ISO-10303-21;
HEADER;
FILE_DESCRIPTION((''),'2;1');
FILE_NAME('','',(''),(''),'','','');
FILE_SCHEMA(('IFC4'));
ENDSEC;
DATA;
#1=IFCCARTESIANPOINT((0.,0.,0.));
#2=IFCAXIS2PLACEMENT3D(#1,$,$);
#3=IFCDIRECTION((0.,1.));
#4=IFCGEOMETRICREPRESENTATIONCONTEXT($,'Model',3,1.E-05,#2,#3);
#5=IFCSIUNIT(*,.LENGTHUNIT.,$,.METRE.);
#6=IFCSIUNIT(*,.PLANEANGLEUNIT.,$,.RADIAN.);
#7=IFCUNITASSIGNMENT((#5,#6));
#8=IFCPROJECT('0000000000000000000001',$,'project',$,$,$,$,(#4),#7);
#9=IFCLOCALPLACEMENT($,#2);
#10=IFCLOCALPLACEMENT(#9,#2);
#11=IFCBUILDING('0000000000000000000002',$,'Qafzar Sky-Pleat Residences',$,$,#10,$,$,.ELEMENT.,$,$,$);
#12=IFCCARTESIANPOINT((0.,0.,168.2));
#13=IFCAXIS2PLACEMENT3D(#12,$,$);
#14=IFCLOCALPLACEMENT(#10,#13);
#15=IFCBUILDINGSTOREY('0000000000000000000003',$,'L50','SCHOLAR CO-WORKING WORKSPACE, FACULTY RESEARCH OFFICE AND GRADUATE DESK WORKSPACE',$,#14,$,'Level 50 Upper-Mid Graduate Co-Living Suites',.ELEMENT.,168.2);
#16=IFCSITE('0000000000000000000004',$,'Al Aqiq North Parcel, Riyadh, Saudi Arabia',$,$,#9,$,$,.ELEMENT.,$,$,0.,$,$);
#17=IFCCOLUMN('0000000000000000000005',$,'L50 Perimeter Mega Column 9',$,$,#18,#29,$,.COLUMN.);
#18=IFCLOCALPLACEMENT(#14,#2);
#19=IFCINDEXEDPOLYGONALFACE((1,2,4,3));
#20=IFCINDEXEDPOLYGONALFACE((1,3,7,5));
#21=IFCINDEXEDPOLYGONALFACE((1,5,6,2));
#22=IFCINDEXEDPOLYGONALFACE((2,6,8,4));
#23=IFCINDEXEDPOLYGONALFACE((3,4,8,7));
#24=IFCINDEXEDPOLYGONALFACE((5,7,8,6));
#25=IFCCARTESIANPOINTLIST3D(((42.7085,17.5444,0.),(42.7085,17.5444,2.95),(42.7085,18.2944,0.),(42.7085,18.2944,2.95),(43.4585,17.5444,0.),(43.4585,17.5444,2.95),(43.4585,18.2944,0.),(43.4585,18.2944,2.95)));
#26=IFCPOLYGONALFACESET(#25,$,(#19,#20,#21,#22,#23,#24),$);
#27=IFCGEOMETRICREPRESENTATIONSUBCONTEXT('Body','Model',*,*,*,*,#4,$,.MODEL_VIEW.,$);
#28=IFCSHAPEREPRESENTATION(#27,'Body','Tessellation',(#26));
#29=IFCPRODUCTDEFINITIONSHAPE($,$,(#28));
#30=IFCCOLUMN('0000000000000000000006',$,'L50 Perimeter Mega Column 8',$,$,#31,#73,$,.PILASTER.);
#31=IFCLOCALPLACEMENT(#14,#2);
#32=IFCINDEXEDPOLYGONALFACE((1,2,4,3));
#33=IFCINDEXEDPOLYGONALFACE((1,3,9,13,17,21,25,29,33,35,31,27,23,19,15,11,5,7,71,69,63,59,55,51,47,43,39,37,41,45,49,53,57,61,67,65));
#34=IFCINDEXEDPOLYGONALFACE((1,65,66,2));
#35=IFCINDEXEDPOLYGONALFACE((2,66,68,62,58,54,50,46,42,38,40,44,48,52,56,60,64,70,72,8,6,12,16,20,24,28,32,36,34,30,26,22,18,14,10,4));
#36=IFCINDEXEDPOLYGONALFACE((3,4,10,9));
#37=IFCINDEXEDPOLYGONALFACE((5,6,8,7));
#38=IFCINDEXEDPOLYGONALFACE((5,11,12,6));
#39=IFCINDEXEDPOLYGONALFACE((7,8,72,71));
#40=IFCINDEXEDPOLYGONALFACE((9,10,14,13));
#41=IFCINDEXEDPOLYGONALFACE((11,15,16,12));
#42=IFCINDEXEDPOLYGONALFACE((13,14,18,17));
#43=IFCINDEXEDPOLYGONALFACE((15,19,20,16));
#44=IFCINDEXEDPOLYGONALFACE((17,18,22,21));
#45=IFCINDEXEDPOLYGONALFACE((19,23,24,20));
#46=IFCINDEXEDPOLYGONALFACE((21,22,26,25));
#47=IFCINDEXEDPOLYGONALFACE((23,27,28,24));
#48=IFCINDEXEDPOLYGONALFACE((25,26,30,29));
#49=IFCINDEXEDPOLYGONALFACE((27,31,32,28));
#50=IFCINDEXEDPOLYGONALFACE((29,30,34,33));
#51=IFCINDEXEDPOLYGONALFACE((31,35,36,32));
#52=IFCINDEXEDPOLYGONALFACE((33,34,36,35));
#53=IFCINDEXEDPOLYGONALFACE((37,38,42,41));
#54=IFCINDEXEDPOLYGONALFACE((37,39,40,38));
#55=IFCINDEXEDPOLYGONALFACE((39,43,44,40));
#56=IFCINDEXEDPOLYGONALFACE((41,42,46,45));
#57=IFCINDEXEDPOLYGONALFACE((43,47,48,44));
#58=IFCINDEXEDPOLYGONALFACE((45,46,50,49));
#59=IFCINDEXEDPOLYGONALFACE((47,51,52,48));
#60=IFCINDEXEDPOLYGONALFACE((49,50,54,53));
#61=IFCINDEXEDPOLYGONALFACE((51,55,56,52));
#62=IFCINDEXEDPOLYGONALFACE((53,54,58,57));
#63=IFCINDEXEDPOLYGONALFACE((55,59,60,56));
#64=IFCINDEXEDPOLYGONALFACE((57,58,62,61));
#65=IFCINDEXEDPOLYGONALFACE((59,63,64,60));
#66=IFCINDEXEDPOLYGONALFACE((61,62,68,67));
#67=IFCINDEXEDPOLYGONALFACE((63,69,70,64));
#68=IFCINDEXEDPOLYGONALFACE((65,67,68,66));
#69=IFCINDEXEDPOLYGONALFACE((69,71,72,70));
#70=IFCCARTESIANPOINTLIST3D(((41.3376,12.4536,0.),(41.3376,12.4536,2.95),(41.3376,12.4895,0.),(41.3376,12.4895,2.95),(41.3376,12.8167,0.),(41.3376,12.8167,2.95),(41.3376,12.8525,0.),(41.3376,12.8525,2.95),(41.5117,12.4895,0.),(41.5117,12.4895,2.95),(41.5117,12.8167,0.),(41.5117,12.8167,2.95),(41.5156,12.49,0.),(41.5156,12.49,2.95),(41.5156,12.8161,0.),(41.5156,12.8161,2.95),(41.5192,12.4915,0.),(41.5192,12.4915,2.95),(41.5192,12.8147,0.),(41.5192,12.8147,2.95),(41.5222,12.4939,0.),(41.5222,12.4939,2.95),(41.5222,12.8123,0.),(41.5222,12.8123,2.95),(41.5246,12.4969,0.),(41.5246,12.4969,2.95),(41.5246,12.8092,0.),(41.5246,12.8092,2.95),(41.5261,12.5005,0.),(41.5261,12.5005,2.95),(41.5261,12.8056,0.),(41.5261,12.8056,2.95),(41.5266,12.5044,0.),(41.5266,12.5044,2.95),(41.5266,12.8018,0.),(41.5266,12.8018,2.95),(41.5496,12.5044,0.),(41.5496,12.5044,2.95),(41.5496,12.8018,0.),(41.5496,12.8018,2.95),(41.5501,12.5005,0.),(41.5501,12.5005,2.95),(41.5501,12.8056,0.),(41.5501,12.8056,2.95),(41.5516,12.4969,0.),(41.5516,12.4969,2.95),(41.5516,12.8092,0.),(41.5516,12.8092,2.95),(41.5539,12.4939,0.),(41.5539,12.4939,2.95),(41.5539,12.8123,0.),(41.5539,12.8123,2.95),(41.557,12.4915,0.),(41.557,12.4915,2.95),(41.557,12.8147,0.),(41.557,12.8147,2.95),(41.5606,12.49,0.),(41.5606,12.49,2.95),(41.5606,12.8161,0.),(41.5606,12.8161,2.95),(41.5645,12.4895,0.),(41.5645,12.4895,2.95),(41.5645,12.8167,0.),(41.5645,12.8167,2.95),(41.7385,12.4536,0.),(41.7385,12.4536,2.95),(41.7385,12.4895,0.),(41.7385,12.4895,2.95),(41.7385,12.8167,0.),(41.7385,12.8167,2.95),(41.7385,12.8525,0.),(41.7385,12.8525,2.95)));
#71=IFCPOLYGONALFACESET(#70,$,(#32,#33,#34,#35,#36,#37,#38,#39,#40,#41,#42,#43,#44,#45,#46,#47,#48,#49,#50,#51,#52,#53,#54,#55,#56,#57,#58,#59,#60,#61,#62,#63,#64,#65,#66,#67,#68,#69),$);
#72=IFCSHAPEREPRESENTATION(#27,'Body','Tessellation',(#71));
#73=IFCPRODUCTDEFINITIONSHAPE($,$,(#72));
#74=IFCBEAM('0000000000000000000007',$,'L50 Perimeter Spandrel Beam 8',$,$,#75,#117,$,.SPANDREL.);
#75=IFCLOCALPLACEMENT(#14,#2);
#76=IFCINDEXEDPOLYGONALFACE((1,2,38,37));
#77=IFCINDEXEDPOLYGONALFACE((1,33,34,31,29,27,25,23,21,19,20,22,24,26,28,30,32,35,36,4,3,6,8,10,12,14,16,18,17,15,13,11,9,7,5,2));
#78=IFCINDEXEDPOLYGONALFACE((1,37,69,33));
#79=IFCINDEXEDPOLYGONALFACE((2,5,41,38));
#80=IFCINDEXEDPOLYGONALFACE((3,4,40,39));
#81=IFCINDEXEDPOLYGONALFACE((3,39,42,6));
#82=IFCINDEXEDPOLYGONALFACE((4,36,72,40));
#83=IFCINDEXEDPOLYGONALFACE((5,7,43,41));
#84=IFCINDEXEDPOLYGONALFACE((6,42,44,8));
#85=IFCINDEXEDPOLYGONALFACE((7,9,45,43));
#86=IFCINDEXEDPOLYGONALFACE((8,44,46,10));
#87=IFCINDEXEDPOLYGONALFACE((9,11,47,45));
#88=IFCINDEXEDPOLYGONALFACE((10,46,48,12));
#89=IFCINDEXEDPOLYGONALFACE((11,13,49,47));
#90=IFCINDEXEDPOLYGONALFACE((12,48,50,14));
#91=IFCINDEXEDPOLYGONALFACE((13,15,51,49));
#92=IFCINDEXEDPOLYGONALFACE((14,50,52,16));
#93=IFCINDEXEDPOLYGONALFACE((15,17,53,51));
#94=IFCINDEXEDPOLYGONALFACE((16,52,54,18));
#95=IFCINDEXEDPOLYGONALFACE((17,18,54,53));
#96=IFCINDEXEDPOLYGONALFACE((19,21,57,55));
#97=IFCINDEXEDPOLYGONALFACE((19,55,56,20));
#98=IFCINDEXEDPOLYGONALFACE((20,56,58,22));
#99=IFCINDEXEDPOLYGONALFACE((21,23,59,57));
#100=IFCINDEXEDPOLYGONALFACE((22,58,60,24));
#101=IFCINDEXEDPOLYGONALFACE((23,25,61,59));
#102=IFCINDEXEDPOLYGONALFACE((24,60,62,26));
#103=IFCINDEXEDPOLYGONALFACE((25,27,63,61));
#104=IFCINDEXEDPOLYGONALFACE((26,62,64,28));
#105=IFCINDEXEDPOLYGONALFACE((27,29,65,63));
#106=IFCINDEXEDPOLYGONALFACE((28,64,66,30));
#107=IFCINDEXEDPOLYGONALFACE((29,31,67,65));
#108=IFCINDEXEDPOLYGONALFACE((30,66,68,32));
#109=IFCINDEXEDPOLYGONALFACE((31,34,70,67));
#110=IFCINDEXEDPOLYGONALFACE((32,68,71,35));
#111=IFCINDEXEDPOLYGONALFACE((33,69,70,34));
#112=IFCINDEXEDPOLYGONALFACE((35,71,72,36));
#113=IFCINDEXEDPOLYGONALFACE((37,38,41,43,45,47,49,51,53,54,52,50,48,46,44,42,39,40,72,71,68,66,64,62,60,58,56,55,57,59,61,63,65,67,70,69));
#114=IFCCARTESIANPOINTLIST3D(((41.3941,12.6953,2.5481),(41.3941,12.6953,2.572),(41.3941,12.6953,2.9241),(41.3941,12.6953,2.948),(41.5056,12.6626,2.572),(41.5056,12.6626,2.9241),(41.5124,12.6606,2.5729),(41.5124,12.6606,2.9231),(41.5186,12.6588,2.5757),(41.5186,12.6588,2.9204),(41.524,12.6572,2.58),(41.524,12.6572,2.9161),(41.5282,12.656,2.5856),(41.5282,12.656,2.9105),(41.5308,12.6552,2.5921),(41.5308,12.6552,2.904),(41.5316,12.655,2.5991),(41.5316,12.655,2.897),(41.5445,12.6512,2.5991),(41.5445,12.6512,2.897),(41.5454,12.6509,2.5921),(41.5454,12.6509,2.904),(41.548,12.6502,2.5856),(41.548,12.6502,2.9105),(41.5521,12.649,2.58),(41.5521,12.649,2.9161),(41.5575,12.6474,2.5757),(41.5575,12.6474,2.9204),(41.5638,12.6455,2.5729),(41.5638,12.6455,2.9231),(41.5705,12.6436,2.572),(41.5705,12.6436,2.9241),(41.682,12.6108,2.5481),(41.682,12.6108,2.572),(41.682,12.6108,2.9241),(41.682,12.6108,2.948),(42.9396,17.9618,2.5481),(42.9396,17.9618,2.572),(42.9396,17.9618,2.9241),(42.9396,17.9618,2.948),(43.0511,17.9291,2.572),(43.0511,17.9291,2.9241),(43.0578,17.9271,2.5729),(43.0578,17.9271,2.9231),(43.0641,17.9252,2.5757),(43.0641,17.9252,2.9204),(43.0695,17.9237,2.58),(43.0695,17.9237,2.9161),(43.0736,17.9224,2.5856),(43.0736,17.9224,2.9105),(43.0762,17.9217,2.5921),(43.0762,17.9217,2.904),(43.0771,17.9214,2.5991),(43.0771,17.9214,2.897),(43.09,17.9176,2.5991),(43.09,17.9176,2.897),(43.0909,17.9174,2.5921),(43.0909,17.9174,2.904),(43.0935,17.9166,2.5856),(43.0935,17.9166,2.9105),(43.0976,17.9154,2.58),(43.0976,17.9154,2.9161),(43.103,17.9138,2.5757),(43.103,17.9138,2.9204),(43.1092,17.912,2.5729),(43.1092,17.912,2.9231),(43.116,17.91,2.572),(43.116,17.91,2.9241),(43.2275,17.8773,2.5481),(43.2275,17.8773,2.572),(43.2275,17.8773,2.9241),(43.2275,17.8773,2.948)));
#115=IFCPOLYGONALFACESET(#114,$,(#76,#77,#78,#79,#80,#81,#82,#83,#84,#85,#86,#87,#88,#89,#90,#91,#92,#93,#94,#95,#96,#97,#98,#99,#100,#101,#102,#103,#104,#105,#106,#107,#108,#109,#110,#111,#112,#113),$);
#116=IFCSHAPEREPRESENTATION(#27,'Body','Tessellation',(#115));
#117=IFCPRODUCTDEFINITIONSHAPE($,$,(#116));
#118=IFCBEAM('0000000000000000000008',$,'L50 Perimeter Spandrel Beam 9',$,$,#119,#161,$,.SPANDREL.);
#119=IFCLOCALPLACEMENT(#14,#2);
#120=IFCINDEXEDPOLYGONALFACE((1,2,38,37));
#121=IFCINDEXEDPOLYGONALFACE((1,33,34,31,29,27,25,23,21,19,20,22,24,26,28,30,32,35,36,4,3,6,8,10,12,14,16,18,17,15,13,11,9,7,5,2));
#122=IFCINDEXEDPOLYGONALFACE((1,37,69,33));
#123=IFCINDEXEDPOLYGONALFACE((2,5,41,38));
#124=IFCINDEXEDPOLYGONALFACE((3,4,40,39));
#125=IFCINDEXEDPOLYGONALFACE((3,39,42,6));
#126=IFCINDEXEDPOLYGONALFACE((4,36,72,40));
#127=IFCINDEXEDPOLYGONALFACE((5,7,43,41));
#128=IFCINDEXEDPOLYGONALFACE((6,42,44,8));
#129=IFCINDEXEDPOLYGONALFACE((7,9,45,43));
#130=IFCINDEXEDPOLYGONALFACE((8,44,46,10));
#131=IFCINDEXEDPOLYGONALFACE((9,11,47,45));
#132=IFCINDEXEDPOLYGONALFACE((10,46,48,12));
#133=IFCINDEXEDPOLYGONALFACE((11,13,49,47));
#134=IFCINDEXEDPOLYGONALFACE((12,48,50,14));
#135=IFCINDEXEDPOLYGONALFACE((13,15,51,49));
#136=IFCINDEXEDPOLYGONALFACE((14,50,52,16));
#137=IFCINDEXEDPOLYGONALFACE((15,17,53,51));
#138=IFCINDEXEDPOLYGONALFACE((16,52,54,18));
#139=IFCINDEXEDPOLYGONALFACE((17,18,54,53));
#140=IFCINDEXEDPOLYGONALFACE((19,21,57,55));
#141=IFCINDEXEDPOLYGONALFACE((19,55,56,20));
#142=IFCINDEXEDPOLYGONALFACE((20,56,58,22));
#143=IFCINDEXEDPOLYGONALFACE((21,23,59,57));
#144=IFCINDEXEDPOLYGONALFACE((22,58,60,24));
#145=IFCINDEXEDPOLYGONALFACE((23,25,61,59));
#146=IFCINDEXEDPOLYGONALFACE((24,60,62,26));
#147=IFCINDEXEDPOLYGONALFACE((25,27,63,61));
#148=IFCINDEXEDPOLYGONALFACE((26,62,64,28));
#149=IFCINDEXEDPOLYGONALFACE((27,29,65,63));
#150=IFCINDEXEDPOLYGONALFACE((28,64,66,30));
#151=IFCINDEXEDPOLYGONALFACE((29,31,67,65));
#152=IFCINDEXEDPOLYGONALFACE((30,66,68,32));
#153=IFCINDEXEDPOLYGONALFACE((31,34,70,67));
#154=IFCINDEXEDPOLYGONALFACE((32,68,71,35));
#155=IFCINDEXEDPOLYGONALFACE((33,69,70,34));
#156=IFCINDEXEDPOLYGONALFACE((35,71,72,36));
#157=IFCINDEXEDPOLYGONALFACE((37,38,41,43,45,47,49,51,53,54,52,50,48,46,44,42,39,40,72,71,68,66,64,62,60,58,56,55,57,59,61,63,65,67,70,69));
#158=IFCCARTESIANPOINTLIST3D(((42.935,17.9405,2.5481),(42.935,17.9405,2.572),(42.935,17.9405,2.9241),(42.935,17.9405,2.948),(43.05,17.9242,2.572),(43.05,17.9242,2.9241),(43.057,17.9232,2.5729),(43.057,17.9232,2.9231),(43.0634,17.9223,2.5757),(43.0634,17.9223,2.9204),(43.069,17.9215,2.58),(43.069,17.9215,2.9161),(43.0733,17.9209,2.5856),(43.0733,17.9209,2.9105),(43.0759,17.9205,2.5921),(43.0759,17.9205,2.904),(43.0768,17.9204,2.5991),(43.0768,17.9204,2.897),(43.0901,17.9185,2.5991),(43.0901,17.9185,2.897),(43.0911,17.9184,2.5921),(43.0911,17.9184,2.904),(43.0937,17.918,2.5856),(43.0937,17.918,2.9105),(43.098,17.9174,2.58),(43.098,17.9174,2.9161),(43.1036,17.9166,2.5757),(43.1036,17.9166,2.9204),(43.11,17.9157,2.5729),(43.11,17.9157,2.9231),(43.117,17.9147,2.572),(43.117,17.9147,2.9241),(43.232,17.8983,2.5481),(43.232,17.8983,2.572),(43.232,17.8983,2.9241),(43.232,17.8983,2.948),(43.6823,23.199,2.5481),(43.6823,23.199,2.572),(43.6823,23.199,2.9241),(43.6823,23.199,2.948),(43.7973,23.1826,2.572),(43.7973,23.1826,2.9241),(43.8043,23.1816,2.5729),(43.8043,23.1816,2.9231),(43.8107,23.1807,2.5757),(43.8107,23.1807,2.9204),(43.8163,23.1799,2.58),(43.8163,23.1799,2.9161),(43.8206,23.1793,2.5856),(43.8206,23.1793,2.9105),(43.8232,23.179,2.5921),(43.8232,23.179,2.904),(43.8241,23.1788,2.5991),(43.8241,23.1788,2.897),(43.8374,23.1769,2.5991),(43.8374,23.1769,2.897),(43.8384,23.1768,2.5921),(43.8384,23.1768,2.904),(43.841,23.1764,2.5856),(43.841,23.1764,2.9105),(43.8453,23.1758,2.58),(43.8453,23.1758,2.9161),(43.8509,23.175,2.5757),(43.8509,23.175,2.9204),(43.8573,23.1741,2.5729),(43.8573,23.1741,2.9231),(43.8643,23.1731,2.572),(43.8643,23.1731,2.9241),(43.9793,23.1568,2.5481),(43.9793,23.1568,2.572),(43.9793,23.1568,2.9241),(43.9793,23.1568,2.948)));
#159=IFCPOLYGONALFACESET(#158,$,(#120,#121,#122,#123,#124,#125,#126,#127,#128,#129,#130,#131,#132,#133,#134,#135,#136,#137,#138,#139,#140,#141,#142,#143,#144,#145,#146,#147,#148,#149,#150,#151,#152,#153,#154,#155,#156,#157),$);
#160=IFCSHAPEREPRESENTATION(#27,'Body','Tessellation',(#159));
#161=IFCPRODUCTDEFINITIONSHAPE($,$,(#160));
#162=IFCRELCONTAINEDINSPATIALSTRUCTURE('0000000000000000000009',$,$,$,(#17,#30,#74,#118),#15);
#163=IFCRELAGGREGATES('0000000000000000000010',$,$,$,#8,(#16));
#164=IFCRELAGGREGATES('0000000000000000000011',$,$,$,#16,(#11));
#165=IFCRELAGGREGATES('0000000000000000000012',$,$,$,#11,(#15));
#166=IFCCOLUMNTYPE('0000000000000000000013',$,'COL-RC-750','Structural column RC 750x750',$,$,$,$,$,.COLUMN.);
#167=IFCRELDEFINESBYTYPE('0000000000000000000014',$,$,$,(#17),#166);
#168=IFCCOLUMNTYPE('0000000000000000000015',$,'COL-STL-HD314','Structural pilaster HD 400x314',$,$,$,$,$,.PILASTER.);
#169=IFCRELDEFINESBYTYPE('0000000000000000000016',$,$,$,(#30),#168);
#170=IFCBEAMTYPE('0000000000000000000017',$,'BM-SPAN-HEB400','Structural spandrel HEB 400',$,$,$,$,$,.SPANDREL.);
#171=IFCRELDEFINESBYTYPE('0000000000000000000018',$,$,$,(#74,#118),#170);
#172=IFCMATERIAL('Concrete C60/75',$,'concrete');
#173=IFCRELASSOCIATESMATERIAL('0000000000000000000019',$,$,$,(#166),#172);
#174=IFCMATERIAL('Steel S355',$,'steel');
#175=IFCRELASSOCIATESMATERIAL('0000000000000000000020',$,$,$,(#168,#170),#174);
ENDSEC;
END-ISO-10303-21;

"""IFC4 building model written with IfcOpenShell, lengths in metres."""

from ifc_helpers import new_model, si_unit, direction, frame, origin, origin_2d, place, context, subcontext, project, spatial, rectangle, i_section, extrude, source, transform, mapped, material, material_profile, profile_set, type_object, element, save


model = new_model("IFC4")

# Units and contexts
model_context = context("Model", 3, precision=1e-05, world=origin(), true_north=direction((0.0, 1.0)))
body_context = subcontext(model_context, "Body", "Model", "MODEL_VIEW")
ifc_project = project(units=[si_unit("LENGTHUNIT", "METRE"), si_unit("PLANEANGLEUNIT", "RADIAN")], contexts=[model_context])

# Site, building, storey
site_placement = place(None, origin())
site = spatial("IfcSite", under=ifc_project, at=site_placement, Name="Al Aqiq North Parcel, Riyadh, Saudi Arabia", CompositionType="ELEMENT", RefElevation=0.0)
building_placement = place(site_placement, origin())
building = spatial("IfcBuilding", under=site, at=building_placement, Name="Qafzar Sky-Pleat Residences", CompositionType="ELEMENT")
storey_placement = place(building_placement, frame((0.0, 0.0, 168.2)))
storey = spatial("IfcBuildingStorey", under=building, at=storey_placement, Name="L50", Description="SCHOLAR CO-WORKING WORKSPACE, FACULTY RESEARCH OFFICE AND GRADUATE DESK WORKSPACE", LongName="Level 50 Upper-Mid Graduate Co-Living Suites", CompositionType="ELEMENT", Elevation=168.2)

# Columns
ifc_material_1 = material(Name="Concrete C60/75", Category="concrete")
ifc_material_profile_1 = material_profile(ifc_material_1, rectangle(XDim=0.75, YDim=0.75, at=origin_2d()), Name="RC 750x750")
ifc_profile_set_1 = profile_set([ifc_material_profile_1], Name="Concrete C60/75")
column_type_1 = type_object("IfcColumnType", Name="COL-RC-750", Description="Structural column RC 750x750", PredefinedType="COLUMN", material=ifc_profile_set_1)
shared_shape_1 = source(origin(), body_context, "Body", "SweptSolid", [
    extrude(rectangle(XDim=0.75, YDim=0.75, at=origin_2d()), origin(), (0.0, 0.0, 1.0), 2.95),
])
column_1_placement = place(storey_placement, frame((43.0835, 17.9194, 0.0), z_axis=(0.0, 0.0, 1.0), x_axis=(1.0, 0.0, 0.0)))
element("IfcColumn", 1, at=column_1_placement, inside=storey, type_object=column_type_1, Name="L50 Perimeter Mega Column 9", PredefinedType="COLUMN", context=body_context, shape_type="MappedRepresentation", body=[
    mapped(shared_shape_1, transform((0.0, 0.0, 0.0), x_axis=(1.0, 0.0, 0.0), y_axis=(0.0, 1.0, 0.0), z_axis=(0.0, 0.0, 1.0), scale=1.0)),
])
ifc_material_2 = material(Name="Steel S355", Category="steel")
ifc_material_profile_2 = material_profile(ifc_material_2, i_section(OverallWidth=0.4009, OverallDepth=0.3989, WebThickness=0.0229, FlangeThickness=0.0359, FilletRadius=0.0149, at=origin_2d()), Name="HD 400x314")
ifc_profile_set_2 = profile_set([ifc_material_profile_2], Name="Steel S355")
column_type_2 = type_object("IfcColumnType", Name="COL-STL-HD314", Description="Structural pilaster HD 400x314", PredefinedType="PILASTER", material=ifc_profile_set_2)
shared_shape_2 = source(origin(), body_context, "Body", "SweptSolid", [
    extrude(i_section(OverallWidth=0.4009, OverallDepth=0.3989, WebThickness=0.0229, FlangeThickness=0.0359, FilletRadius=0.0149, at=origin_2d()), origin(), (0.0, 0.0, 1.0), 2.95),
])
column_2_placement = place(storey_placement, frame((41.5381, 12.6531, 0.0), z_axis=(0.0, 0.0, 1.0), x_axis=(1.0, 0.0, 0.0)))
element("IfcColumn", 2, at=column_2_placement, inside=storey, type_object=column_type_2, Name="L50 Perimeter Mega Column 8", PredefinedType="PILASTER", context=body_context, shape_type="MappedRepresentation", body=[
    mapped(shared_shape_2, transform((0.0, 0.0, 0.0), x_axis=(1.0, 0.0, 0.0), y_axis=(0.0, 1.0, 0.0), z_axis=(0.0, 0.0, 1.0), scale=1.0)),
])

# Beams
ifc_material_profile_3 = material_profile(ifc_material_2, i_section(OverallWidth=0.3, OverallDepth=0.3999, WebThickness=0.0134, FlangeThickness=0.0239, FilletRadius=0.0271, at=origin_2d()), Name="HEB 400")
ifc_profile_set_3 = profile_set([ifc_material_profile_3], Name="Steel S355")
beam_type = type_object("IfcBeamType", Name="BM-SPAN-HEB400", Description="Structural spandrel HEB 400", PredefinedType="SPANDREL", material=ifc_profile_set_3)
shared_shape_3 = source(origin(), body_context, "Body", "SweptSolid", [
    extrude(i_section(OverallWidth=0.3, OverallDepth=0.3999, WebThickness=0.0134, FlangeThickness=0.0239, FilletRadius=0.0271, at=origin_2d()), origin(), (0.0, 0.0, 1.0), 5.4885),
])
beam_1_placement = place(storey_placement, frame((41.5381, 12.6531, 2.748), z_axis=(0.281576, 0.959539, 0.0), x_axis=(-0.959539, 0.281576, 0.0)))
element("IfcBeam", 3, at=beam_1_placement, inside=storey, type_object=beam_type, Name="L50 Perimeter Spandrel Beam 8", PredefinedType="SPANDREL", context=body_context, shape_type="MappedRepresentation", body=[
    mapped(shared_shape_3, transform((0.0, 0.0, 0.0), x_axis=(1.0, 0.0, 0.0), y_axis=(0.0, 1.0, 0.0), z_axis=(0.0, 0.0, 1.0), scale=1.0)),
])
shared_shape_4 = source(origin(), body_context, "Body", "SweptSolid", [
    extrude(i_section(OverallWidth=0.3, OverallDepth=0.3999, WebThickness=0.0134, FlangeThickness=0.0239, FilletRadius=0.0271, at=origin_2d()), origin(), (0.0, 0.0, 1.0), 5.3113),
])
beam_2_placement = place(storey_placement, frame((43.0835, 17.9194, 2.748), z_axis=(0.140701, 0.990052, 0.0), x_axis=(-0.990052, 0.140701, 0.0)))
element("IfcBeam", 4, at=beam_2_placement, inside=storey, type_object=beam_type, Name="L50 Perimeter Spandrel Beam 9", PredefinedType="SPANDREL", context=body_context, shape_type="MappedRepresentation", body=[
    mapped(shared_shape_4, transform((0.0, 0.0, 0.0), x_axis=(1.0, 0.0, 0.0), y_axis=(0.0, 1.0, 0.0), z_axis=(0.0, 0.0, 1.0), scale=1.0)),
])

save(model, "model.ifc")
